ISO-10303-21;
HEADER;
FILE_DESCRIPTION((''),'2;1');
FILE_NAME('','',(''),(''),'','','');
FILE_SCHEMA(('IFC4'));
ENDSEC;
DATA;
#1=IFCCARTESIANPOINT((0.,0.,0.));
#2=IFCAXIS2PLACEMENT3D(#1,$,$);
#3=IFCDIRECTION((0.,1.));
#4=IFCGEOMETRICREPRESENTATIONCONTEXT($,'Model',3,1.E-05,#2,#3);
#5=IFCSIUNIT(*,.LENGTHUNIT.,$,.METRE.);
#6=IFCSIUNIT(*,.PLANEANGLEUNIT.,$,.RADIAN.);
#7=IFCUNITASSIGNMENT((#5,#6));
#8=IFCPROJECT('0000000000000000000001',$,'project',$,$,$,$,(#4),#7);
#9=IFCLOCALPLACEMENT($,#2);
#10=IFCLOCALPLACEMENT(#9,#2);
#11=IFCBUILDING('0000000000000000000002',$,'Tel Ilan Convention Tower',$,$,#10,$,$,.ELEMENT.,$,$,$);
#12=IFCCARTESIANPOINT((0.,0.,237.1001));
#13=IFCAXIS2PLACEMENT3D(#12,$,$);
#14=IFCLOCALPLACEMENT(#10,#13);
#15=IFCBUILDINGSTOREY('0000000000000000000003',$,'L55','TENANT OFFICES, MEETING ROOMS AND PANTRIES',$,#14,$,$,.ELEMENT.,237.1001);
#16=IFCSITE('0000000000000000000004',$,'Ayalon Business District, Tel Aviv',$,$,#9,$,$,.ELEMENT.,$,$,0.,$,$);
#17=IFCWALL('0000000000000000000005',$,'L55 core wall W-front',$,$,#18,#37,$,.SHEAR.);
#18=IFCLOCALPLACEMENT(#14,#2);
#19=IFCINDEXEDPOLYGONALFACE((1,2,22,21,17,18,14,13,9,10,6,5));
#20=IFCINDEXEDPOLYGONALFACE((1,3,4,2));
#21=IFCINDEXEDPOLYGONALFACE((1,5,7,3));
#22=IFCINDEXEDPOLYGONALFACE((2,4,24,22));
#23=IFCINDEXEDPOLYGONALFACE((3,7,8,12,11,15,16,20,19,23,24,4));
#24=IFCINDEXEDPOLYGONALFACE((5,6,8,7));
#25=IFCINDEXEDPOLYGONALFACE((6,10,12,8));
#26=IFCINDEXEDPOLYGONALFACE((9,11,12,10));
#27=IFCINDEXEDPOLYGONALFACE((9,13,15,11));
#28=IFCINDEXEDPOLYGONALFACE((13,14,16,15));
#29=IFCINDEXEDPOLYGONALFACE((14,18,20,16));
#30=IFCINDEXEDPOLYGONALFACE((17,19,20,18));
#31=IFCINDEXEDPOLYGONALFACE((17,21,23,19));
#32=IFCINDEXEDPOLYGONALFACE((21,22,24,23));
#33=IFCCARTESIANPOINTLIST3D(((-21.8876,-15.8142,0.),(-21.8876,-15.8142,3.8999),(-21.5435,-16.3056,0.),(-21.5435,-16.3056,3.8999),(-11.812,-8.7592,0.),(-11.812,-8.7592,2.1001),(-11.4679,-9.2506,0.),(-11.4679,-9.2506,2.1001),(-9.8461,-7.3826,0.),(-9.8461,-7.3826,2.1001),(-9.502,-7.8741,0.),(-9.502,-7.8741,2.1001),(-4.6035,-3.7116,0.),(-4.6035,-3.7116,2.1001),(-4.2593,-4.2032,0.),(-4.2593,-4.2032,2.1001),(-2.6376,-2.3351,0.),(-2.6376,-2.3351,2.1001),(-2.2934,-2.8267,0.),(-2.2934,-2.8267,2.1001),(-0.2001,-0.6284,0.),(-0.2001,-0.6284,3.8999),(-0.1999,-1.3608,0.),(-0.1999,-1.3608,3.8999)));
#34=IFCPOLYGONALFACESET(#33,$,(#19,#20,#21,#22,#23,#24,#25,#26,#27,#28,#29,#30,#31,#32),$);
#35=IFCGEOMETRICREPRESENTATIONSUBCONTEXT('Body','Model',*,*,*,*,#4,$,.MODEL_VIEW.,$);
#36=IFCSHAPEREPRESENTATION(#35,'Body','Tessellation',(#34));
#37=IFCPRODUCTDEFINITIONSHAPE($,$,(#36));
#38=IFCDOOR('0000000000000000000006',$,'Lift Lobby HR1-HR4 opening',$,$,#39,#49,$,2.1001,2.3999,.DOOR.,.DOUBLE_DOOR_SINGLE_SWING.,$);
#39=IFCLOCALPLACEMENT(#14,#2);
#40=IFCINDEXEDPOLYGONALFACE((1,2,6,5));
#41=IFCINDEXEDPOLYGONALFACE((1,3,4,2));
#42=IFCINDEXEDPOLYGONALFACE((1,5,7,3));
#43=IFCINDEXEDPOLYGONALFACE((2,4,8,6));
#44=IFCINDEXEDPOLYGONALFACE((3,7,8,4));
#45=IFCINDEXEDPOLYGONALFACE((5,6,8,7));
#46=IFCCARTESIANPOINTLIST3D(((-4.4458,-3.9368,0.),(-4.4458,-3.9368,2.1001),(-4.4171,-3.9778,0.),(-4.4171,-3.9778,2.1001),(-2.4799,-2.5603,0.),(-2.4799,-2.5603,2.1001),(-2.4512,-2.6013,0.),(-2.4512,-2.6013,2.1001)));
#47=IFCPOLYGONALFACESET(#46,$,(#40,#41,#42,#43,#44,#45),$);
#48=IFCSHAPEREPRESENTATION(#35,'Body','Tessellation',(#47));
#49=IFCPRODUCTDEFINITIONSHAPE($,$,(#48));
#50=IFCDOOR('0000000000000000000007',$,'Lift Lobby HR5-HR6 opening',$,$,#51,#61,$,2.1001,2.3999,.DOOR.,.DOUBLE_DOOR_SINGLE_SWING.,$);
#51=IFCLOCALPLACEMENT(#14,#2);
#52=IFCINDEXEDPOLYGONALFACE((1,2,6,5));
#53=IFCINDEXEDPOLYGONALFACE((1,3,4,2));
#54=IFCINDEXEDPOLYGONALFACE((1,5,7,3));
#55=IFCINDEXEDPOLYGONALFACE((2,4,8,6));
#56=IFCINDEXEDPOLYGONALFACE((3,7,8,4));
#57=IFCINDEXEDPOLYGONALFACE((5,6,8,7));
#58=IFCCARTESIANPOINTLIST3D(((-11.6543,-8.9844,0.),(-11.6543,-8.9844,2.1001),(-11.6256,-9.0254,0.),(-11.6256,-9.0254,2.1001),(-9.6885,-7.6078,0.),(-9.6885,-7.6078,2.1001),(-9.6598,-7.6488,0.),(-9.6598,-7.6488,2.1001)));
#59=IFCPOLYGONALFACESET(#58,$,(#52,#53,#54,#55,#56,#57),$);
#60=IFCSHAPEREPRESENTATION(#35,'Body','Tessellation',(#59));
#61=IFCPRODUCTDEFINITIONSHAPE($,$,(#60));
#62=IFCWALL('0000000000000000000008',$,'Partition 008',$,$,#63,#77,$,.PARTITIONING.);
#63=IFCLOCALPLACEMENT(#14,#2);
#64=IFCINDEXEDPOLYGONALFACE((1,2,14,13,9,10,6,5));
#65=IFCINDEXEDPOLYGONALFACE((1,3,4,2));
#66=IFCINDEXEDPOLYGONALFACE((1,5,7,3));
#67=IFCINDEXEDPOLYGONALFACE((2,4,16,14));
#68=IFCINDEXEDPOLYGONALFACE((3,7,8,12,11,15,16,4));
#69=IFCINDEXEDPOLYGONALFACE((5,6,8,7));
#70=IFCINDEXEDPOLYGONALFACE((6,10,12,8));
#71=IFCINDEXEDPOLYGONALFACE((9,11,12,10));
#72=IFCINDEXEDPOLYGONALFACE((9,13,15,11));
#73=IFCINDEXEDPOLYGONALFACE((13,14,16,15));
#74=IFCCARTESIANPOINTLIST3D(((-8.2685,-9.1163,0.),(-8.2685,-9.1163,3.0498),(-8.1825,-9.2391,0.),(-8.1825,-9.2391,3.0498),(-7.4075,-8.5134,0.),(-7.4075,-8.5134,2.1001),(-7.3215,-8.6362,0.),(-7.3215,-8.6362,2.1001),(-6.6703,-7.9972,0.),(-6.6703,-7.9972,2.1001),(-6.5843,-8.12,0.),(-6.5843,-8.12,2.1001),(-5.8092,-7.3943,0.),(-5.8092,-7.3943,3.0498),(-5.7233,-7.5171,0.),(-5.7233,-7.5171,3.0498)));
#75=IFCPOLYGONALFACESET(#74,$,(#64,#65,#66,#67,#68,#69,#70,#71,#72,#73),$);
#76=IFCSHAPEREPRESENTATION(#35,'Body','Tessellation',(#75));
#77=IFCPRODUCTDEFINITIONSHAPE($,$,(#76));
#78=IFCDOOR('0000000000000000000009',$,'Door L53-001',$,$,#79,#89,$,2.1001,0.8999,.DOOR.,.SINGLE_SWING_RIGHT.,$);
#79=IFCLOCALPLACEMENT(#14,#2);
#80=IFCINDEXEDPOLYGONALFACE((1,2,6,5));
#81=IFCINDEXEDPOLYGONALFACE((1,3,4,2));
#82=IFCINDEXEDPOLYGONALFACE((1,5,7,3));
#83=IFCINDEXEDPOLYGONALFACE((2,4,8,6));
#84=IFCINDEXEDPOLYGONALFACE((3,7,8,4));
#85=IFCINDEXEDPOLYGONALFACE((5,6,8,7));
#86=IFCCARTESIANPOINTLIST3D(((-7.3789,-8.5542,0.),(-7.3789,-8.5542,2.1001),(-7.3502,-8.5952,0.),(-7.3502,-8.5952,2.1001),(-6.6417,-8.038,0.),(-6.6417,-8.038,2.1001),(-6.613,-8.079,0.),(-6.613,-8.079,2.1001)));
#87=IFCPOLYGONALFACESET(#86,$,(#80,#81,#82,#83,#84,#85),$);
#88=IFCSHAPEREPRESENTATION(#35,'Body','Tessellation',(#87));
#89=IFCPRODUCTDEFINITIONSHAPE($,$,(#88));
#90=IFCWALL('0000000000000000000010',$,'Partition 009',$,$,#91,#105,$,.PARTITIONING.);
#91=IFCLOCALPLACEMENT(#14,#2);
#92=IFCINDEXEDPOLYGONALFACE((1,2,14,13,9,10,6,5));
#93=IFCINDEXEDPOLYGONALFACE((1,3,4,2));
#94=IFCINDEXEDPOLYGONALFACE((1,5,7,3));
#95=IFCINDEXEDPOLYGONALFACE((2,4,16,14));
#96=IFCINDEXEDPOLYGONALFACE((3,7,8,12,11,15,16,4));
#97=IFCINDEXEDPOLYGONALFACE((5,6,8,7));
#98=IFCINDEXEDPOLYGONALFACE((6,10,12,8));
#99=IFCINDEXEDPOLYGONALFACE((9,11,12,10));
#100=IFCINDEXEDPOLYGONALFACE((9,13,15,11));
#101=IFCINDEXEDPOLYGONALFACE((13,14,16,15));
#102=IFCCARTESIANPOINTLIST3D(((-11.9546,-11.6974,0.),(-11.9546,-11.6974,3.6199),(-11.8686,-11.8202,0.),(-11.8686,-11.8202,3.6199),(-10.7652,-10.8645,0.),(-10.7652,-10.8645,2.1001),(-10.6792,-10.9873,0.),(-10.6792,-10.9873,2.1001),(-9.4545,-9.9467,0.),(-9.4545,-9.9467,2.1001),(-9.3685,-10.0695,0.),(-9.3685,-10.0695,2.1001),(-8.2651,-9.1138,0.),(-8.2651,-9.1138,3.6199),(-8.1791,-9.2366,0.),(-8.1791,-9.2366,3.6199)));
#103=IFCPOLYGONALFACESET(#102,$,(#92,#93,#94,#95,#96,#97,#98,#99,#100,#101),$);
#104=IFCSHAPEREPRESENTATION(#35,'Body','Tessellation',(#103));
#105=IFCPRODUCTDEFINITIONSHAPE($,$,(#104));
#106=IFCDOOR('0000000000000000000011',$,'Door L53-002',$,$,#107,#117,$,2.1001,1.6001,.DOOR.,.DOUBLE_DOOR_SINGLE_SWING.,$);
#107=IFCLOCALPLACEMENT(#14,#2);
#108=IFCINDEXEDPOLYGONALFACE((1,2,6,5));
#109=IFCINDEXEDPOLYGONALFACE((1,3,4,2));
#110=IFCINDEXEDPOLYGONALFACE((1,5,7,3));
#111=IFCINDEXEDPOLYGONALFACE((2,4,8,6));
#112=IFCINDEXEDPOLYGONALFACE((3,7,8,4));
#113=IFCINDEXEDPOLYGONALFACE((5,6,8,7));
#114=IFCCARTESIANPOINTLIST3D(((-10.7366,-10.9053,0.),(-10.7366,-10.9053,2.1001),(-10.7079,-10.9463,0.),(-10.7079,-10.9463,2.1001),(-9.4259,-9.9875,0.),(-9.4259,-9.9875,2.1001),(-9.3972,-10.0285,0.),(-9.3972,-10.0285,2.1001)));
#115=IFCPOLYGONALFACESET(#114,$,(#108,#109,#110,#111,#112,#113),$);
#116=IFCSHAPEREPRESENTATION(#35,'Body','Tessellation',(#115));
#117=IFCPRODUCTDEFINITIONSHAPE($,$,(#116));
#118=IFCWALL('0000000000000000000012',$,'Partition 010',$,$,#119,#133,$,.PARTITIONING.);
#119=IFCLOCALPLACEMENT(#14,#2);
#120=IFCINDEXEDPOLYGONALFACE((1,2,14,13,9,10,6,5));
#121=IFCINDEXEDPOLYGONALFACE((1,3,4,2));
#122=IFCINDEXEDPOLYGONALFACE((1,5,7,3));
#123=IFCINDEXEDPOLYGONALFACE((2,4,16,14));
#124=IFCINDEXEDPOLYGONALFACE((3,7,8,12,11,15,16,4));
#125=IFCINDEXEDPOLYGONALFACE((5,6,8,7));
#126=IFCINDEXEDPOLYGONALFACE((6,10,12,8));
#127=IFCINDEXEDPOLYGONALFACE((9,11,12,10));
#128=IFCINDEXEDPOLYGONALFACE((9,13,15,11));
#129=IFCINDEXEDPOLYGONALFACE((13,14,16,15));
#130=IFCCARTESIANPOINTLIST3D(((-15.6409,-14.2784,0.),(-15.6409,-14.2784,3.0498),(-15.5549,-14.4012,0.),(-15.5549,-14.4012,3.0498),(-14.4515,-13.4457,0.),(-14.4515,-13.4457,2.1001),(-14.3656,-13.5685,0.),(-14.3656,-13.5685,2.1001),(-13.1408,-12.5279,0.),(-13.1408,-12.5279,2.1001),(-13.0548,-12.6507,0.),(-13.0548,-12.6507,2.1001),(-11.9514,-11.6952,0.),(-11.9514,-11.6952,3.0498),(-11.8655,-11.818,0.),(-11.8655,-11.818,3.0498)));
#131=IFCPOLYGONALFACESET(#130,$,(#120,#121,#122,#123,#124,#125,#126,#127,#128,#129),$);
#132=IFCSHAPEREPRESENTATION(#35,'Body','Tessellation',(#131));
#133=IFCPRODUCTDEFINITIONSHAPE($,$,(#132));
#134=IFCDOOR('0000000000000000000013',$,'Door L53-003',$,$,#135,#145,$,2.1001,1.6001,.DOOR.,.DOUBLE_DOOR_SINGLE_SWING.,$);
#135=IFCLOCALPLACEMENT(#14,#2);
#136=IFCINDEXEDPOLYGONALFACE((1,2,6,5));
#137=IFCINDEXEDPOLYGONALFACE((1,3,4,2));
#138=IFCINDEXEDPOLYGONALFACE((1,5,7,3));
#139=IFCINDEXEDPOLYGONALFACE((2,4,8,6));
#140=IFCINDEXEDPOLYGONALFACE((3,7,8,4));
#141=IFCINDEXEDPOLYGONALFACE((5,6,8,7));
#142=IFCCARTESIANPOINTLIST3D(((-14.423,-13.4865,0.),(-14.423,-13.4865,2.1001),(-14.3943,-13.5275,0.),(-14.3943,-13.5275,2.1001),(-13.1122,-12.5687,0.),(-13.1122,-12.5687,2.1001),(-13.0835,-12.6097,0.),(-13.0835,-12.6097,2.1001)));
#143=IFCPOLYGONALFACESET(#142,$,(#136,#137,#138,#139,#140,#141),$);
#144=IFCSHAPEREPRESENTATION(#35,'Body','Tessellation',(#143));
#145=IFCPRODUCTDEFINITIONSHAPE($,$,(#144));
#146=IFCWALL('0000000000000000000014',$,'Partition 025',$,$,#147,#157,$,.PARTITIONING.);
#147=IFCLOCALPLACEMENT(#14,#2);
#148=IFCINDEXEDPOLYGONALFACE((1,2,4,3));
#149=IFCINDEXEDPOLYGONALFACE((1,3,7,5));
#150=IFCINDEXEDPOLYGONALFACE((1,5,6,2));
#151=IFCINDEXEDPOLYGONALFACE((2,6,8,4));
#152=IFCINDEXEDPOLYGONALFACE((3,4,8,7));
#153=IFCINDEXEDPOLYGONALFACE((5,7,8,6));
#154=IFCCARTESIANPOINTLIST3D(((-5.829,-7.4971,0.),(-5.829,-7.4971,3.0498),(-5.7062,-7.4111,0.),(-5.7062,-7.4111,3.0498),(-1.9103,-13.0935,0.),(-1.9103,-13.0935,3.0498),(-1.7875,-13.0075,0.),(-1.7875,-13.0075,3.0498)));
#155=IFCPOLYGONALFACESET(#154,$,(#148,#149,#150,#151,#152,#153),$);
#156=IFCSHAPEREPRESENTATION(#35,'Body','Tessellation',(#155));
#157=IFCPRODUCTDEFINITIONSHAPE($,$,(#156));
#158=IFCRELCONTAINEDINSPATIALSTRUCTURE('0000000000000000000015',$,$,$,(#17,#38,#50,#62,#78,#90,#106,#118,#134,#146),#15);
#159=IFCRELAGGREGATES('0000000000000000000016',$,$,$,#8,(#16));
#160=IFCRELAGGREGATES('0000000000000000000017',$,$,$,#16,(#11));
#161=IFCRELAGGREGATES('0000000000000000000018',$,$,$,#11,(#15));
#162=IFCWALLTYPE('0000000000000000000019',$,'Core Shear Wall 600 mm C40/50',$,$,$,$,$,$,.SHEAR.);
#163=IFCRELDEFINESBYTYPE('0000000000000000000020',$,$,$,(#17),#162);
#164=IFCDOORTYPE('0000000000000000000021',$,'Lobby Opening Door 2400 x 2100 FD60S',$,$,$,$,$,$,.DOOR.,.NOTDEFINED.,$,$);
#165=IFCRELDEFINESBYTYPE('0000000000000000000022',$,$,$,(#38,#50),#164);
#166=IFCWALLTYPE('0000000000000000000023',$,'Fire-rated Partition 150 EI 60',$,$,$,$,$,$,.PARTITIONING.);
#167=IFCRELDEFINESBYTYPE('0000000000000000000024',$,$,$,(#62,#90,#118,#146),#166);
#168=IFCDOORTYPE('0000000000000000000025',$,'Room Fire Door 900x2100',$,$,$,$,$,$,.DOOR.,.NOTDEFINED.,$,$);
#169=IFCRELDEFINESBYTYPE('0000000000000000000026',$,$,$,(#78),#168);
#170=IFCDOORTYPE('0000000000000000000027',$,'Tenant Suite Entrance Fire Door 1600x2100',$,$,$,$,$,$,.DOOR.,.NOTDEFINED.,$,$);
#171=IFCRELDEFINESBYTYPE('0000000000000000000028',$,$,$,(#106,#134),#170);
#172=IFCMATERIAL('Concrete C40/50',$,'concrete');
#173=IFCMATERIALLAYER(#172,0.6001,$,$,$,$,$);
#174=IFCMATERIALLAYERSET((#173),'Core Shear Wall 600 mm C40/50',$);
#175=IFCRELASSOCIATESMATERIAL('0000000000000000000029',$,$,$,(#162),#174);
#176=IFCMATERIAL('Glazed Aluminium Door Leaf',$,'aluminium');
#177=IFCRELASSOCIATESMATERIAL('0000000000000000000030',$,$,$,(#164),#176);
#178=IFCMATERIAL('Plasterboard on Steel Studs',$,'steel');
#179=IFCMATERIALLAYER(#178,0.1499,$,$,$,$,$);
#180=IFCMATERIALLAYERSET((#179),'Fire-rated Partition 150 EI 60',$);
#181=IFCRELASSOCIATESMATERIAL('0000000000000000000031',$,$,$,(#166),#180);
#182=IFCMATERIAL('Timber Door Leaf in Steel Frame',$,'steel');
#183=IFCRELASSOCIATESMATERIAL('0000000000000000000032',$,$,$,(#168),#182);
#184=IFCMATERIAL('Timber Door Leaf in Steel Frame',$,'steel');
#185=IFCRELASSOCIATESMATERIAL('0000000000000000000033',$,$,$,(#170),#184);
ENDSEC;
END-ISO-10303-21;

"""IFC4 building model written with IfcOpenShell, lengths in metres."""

from ifc_helpers import new_model, si_unit, direction, frame, frame_2d, origin, place, context, subcontext, project, spatial, polyline, rectangle, outline, extrude, material, layer, layer_set, type_object, element, fill, save


model = new_model("IFC4")

# Units and contexts
model_context = context("Model", 3, precision=1e-05, world=origin(), true_north=direction((0.0, 1.0)))
body_context = subcontext(model_context, "Body", "Model", "MODEL_VIEW")
ifc_project = project(units=[si_unit("LENGTHUNIT", "METRE"), si_unit("PLANEANGLEUNIT", "RADIAN")], contexts=[model_context])

# Site, building, storey
site_placement = place(None, origin())
site = spatial("IfcSite", under=ifc_project, at=site_placement, Name="Ayalon Business District, Tel Aviv", CompositionType="ELEMENT", RefElevation=0.0)
building_placement = place(site_placement, origin())
building = spatial("IfcBuilding", under=site, at=building_placement, Name="Tel Ilan Convention Tower", CompositionType="ELEMENT")
storey_placement = place(building_placement, frame((0.0, 0.0, 237.1001)))
storey = spatial("IfcBuildingStorey", under=building, at=storey_placement, Name="L55", Description="TENANT OFFICES, MEETING ROOMS AND PANTRIES", CompositionType="ELEMENT", Elevation=237.1001)

# Wall, openings, doors
ifc_material_1 = material(Name="Concrete C40/50", Category="concrete")
ifc_layer_1 = layer(ifc_material_1, 0.6001)
ifc_layer_set_1 = layer_set([ifc_layer_1], Name="Core Shear Wall 600 mm C40/50")
wall_type_1 = type_object("IfcWallType", Name="Core Shear Wall 600 mm C40/50", PredefinedType="SHEAR", material=ifc_layer_set_1)
wall_1_placement = place(storey_placement, frame((-0.0278, -0.874, 0.0), z_axis=(0.0, 0.0, 1.0), x_axis=(-0.81915, -0.573579, 0.0)))
wall_1 = element("IfcWall", 1, at=wall_1_placement, inside=storey, type_object=wall_type_1, Name="L55 core wall W-front", PredefinedType="SHEAR", context=body_context, shape_type="SweptSolid", body=[
    extrude(outline(polyline([(26.4758, 0.2998), (0.4202, 0.3), (0.0002, -0.3), (26.4758, -0.3), (26.4758, 0.2998)])), origin(), (0.0, 0.0, 1.0), 3.8999),
])
opening_1_placement = place(wall_1_placement, frame((2.9758, 0.0, 0.0)))
opening_1 = element("IfcOpeningElement", 2, at=opening_1_placement, cuts=wall_1, PredefinedType="OPENING", context=body_context, shape_type="SweptSolid", body=[
    extrude(rectangle(XDim=2.3999, YDim=2.1001, at=frame_2d((1.2, 1.05))), frame((0.0, 0.3101, 0.0), z_axis=(0.0, -1.0, 0.0), x_axis=(1.0, 0.0, 0.0)), (0.0, 0.0, 1.0), 0.6201),
])
opening_2_placement = place(wall_1_placement, frame((11.7759, 0.0, 0.0)))
opening_2 = element("IfcOpeningElement", 3, at=opening_2_placement, cuts=wall_1, PredefinedType="OPENING", context=body_context, shape_type="SweptSolid", body=[
    extrude(rectangle(XDim=2.3999, YDim=2.1001, at=frame_2d((1.2, 1.05))), frame((0.0, 0.3101, 0.0), z_axis=(0.0, -1.0, 0.0), x_axis=(1.0, 0.0, 0.0)), (0.0, 0.0, 1.0), 0.6201),
])
ifc_material_2 = material(Name="Glazed Aluminium Door Leaf", Category="aluminium")
door_type_1 = type_object("IfcDoorType", Name="Lobby Opening Door 2400 x 2100 FD60S", OperationType="NOTDEFINED", PredefinedType="DOOR", material=ifc_material_2)
door_1_placement = place(opening_1_placement, origin())
door_1 = element("IfcDoor", 4, at=door_1_placement, inside=storey, type_object=door_type_1, Name="Lift Lobby HR1-HR4 opening", OperationType="DOUBLE_DOOR_SINGLE_SWING", OverallHeight=2.1001, OverallWidth=2.3999, PredefinedType="DOOR", context=body_context, shape_type="SweptSolid", body=[
    extrude(rectangle(XDim=2.3999, YDim=2.1001, at=frame_2d((1.2, 1.05))), frame((0.0, 0.0249, 0.0), z_axis=(0.0, -1.0, 0.0), x_axis=(1.0, 0.0, 0.0)), (0.0, 0.0, 1.0), 0.05),
])
fill(opening_1, door_1)
door_2_placement = place(opening_2_placement, origin())
door_2 = element("IfcDoor", 5, at=door_2_placement, inside=storey, type_object=door_type_1, Name="Lift Lobby HR5-HR6 opening", OperationType="DOUBLE_DOOR_SINGLE_SWING", OverallHeight=2.1001, OverallWidth=2.3999, PredefinedType="DOOR", context=body_context, shape_type="SweptSolid", body=[
    extrude(rectangle(XDim=2.3999, YDim=2.1001, at=frame_2d((1.2, 1.05))), frame((0.0, 0.0249, 0.0), z_axis=(0.0, -1.0, 0.0), x_axis=(1.0, 0.0, 0.0)), (0.0, 0.0, 1.0), 0.05),
])
fill(opening_2, door_2)

# Walls, openings, doors
ifc_material_3 = material(Name="Plasterboard on Steel Studs", Category="steel")
ifc_layer_2 = layer(ifc_material_3, 0.1499)
ifc_layer_set_2 = layer_set([ifc_layer_2], Name="Fire-rated Partition 150 EI 60")
wall_type_2 = type_object("IfcWallType", Name="Fire-rated Partition 150 EI 60", PredefinedType="PARTITIONING", material=ifc_layer_set_2)
wall_2_placement = place(storey_placement, frame((-5.7664, -7.4558, 0.0), z_axis=(0.0, 0.0, 1.0), x_axis=(-0.819159, -0.573566, 0.0)))
wall_2 = element("IfcWall", 6, at=wall_2_placement, inside=storey, type_object=wall_type_2, Name="Partition 008", PredefinedType="PARTITIONING", context=body_context, shape_type="SweptSolid", body=[
    extrude(rectangle(XDim=3.0022, YDim=0.1499, at=frame_2d((1.501, 0.0))), origin(), (0.0, 0.0, 1.0), 3.0498),
])
opening_3_placement = place(wall_2_placement, frame((1.051, 0.0, 0.0)))
opening_3 = element("IfcOpeningElement", 7, at=opening_3_placement, cuts=wall_2, PredefinedType="OPENING", context=body_context, shape_type="SweptSolid", body=[
    extrude(rectangle(XDim=0.8999, YDim=2.1001, at=frame_2d((0.45, 1.05))), frame((0.0, 0.085, 0.0), z_axis=(0.0, -1.0, 0.0), x_axis=(1.0, 0.0, 0.0)), (0.0, 0.0, 1.0), 0.1699),
])
ifc_material_4 = material(Name="Timber Door Leaf in Steel Frame", Category="steel")
door_type_2 = type_object("IfcDoorType", Name="Room Fire Door 900x2100", OperationType="NOTDEFINED", PredefinedType="DOOR", material=ifc_material_4)
door_3_placement = place(opening_3_placement, origin())
door_3 = element("IfcDoor", 8, at=door_3_placement, inside=storey, type_object=door_type_2, Name="Door L53-001", OperationType="SINGLE_SWING_RIGHT", OverallHeight=2.1001, OverallWidth=0.8999, PredefinedType="DOOR", context=body_context, shape_type="SweptSolid", body=[
    extrude(rectangle(XDim=0.8999, YDim=2.1001, at=frame_2d((0.45, 1.05))), frame((0.0, 0.0249, 0.0), z_axis=(0.0, -1.0, 0.0), x_axis=(1.0, 0.0, 0.0)), (0.0, 0.0, 1.0), 0.05),
])
fill(opening_3, door_3)
wall_3_placement = place(storey_placement, frame((-8.2222, -9.1753, 0.0), z_axis=(0.0, 0.0, 1.0), x_axis=(-0.81914, -0.573593, 0.0)))
wall_3 = element("IfcWall", 9, at=wall_3_placement, inside=storey, type_object=wall_type_2, Name="Partition 009", PredefinedType="PARTITIONING", context=body_context, shape_type="SweptSolid", body=[
    extrude(rectangle(XDim=4.5042, YDim=0.1499, at=frame_2d((2.252, 0.0))), origin(), (0.0, 0.0, 1.0), 3.6199),
])
opening_4_placement = place(wall_3_placement, frame((1.4519, 0.0, 0.0)))
opening_4 = element("IfcOpeningElement", 10, at=opening_4_placement, cuts=wall_3, PredefinedType="OPENING", context=body_context, shape_type="SweptSolid", body=[
    extrude(rectangle(XDim=1.6001, YDim=2.1001, at=frame_2d((0.8, 1.05))), frame((0.0, 0.085, 0.0), z_axis=(0.0, -1.0, 0.0), x_axis=(1.0, 0.0, 0.0)), (0.0, 0.0, 1.0), 0.1699),
])
ifc_material_5 = material(Name="Timber Door Leaf in Steel Frame", Category="steel")
door_type_3 = type_object("IfcDoorType", Name="Tenant Suite Entrance Fire Door 1600x2100", OperationType="NOTDEFINED", PredefinedType="DOOR", material=ifc_material_5)
door_4_placement = place(opening_4_placement, origin())
door_4 = element("IfcDoor", 11, at=door_4_placement, inside=storey, type_object=door_type_3, Name="Door L53-002", OperationType="DOUBLE_DOOR_SINGLE_SWING", OverallHeight=2.1001, OverallWidth=1.6001, PredefinedType="DOOR", context=body_context, shape_type="SweptSolid", body=[
    extrude(rectangle(XDim=1.6001, YDim=2.1001, at=frame_2d((0.8, 1.05))), frame((0.0, 0.0249, 0.0), z_axis=(0.0, -1.0, 0.0), x_axis=(1.0, 0.0, 0.0)), (0.0, 0.0, 1.0), 0.05),
])
fill(opening_4, door_4)
wall_4_placement = place(storey_placement, frame((-11.9084, -11.7566, 0.0), z_axis=(0.0, 0.0, 1.0), x_axis=(-0.819166, -0.573557, 0.0)))
wall_4 = element("IfcWall", 12, at=wall_4_placement, inside=storey, type_object=wall_type_2, Name="Partition 010", PredefinedType="PARTITIONING", context=body_context, shape_type="SweptSolid", body=[
    extrude(rectangle(XDim=4.5039, YDim=0.1499, at=frame_2d((2.252, 0.0))), origin(), (0.0, 0.0, 1.0), 3.0498),
])
opening_5_placement = place(wall_4_placement, frame((1.4519, 0.0, 0.0)))
opening_5 = element("IfcOpeningElement", 13, at=opening_5_placement, cuts=wall_4, PredefinedType="OPENING", context=body_context, shape_type="SweptSolid", body=[
    extrude(rectangle(XDim=1.6001, YDim=2.1001, at=frame_2d((0.8, 1.05))), frame((0.0, 0.085, 0.0), z_axis=(0.0, -1.0, 0.0), x_axis=(1.0, 0.0, 0.0)), (0.0, 0.0, 1.0), 0.1699),
])
door_5_placement = place(opening_5_placement, origin())
door_5 = element("IfcDoor", 14, at=door_5_placement, inside=storey, type_object=door_type_3, Name="Door L53-003", OperationType="DOUBLE_DOOR_SINGLE_SWING", OverallHeight=2.1001, OverallWidth=1.6001, PredefinedType="DOOR", context=body_context, shape_type="SweptSolid", body=[
    extrude(rectangle(XDim=1.6001, YDim=2.1001, at=frame_2d((0.8, 1.05))), frame((0.0, 0.0249, 0.0), z_axis=(0.0, -1.0, 0.0), x_axis=(1.0, 0.0, 0.0)), (0.0, 0.0, 1.0), 0.05),
])
fill(opening_5, door_5)

# Wall
wall_5_placement = place(storey_placement, frame((-1.8489, -13.0505, 0.0), z_axis=(0.0, 0.0, 1.0), x_axis=(-0.57358, 0.81915, 0.0)))
element("IfcWall", 15, at=wall_5_placement, inside=storey, type_object=wall_type_2, Name="Partition 025", PredefinedType="PARTITIONING", context=body_context, shape_type="SweptSolid", body=[
    extrude(rectangle(XDim=6.832, YDim=0.1499, at=frame_2d((3.416, 0.0))), origin(), (0.0, 0.0, 1.0), 3.0498),
])

save(model, "model.ifc")
